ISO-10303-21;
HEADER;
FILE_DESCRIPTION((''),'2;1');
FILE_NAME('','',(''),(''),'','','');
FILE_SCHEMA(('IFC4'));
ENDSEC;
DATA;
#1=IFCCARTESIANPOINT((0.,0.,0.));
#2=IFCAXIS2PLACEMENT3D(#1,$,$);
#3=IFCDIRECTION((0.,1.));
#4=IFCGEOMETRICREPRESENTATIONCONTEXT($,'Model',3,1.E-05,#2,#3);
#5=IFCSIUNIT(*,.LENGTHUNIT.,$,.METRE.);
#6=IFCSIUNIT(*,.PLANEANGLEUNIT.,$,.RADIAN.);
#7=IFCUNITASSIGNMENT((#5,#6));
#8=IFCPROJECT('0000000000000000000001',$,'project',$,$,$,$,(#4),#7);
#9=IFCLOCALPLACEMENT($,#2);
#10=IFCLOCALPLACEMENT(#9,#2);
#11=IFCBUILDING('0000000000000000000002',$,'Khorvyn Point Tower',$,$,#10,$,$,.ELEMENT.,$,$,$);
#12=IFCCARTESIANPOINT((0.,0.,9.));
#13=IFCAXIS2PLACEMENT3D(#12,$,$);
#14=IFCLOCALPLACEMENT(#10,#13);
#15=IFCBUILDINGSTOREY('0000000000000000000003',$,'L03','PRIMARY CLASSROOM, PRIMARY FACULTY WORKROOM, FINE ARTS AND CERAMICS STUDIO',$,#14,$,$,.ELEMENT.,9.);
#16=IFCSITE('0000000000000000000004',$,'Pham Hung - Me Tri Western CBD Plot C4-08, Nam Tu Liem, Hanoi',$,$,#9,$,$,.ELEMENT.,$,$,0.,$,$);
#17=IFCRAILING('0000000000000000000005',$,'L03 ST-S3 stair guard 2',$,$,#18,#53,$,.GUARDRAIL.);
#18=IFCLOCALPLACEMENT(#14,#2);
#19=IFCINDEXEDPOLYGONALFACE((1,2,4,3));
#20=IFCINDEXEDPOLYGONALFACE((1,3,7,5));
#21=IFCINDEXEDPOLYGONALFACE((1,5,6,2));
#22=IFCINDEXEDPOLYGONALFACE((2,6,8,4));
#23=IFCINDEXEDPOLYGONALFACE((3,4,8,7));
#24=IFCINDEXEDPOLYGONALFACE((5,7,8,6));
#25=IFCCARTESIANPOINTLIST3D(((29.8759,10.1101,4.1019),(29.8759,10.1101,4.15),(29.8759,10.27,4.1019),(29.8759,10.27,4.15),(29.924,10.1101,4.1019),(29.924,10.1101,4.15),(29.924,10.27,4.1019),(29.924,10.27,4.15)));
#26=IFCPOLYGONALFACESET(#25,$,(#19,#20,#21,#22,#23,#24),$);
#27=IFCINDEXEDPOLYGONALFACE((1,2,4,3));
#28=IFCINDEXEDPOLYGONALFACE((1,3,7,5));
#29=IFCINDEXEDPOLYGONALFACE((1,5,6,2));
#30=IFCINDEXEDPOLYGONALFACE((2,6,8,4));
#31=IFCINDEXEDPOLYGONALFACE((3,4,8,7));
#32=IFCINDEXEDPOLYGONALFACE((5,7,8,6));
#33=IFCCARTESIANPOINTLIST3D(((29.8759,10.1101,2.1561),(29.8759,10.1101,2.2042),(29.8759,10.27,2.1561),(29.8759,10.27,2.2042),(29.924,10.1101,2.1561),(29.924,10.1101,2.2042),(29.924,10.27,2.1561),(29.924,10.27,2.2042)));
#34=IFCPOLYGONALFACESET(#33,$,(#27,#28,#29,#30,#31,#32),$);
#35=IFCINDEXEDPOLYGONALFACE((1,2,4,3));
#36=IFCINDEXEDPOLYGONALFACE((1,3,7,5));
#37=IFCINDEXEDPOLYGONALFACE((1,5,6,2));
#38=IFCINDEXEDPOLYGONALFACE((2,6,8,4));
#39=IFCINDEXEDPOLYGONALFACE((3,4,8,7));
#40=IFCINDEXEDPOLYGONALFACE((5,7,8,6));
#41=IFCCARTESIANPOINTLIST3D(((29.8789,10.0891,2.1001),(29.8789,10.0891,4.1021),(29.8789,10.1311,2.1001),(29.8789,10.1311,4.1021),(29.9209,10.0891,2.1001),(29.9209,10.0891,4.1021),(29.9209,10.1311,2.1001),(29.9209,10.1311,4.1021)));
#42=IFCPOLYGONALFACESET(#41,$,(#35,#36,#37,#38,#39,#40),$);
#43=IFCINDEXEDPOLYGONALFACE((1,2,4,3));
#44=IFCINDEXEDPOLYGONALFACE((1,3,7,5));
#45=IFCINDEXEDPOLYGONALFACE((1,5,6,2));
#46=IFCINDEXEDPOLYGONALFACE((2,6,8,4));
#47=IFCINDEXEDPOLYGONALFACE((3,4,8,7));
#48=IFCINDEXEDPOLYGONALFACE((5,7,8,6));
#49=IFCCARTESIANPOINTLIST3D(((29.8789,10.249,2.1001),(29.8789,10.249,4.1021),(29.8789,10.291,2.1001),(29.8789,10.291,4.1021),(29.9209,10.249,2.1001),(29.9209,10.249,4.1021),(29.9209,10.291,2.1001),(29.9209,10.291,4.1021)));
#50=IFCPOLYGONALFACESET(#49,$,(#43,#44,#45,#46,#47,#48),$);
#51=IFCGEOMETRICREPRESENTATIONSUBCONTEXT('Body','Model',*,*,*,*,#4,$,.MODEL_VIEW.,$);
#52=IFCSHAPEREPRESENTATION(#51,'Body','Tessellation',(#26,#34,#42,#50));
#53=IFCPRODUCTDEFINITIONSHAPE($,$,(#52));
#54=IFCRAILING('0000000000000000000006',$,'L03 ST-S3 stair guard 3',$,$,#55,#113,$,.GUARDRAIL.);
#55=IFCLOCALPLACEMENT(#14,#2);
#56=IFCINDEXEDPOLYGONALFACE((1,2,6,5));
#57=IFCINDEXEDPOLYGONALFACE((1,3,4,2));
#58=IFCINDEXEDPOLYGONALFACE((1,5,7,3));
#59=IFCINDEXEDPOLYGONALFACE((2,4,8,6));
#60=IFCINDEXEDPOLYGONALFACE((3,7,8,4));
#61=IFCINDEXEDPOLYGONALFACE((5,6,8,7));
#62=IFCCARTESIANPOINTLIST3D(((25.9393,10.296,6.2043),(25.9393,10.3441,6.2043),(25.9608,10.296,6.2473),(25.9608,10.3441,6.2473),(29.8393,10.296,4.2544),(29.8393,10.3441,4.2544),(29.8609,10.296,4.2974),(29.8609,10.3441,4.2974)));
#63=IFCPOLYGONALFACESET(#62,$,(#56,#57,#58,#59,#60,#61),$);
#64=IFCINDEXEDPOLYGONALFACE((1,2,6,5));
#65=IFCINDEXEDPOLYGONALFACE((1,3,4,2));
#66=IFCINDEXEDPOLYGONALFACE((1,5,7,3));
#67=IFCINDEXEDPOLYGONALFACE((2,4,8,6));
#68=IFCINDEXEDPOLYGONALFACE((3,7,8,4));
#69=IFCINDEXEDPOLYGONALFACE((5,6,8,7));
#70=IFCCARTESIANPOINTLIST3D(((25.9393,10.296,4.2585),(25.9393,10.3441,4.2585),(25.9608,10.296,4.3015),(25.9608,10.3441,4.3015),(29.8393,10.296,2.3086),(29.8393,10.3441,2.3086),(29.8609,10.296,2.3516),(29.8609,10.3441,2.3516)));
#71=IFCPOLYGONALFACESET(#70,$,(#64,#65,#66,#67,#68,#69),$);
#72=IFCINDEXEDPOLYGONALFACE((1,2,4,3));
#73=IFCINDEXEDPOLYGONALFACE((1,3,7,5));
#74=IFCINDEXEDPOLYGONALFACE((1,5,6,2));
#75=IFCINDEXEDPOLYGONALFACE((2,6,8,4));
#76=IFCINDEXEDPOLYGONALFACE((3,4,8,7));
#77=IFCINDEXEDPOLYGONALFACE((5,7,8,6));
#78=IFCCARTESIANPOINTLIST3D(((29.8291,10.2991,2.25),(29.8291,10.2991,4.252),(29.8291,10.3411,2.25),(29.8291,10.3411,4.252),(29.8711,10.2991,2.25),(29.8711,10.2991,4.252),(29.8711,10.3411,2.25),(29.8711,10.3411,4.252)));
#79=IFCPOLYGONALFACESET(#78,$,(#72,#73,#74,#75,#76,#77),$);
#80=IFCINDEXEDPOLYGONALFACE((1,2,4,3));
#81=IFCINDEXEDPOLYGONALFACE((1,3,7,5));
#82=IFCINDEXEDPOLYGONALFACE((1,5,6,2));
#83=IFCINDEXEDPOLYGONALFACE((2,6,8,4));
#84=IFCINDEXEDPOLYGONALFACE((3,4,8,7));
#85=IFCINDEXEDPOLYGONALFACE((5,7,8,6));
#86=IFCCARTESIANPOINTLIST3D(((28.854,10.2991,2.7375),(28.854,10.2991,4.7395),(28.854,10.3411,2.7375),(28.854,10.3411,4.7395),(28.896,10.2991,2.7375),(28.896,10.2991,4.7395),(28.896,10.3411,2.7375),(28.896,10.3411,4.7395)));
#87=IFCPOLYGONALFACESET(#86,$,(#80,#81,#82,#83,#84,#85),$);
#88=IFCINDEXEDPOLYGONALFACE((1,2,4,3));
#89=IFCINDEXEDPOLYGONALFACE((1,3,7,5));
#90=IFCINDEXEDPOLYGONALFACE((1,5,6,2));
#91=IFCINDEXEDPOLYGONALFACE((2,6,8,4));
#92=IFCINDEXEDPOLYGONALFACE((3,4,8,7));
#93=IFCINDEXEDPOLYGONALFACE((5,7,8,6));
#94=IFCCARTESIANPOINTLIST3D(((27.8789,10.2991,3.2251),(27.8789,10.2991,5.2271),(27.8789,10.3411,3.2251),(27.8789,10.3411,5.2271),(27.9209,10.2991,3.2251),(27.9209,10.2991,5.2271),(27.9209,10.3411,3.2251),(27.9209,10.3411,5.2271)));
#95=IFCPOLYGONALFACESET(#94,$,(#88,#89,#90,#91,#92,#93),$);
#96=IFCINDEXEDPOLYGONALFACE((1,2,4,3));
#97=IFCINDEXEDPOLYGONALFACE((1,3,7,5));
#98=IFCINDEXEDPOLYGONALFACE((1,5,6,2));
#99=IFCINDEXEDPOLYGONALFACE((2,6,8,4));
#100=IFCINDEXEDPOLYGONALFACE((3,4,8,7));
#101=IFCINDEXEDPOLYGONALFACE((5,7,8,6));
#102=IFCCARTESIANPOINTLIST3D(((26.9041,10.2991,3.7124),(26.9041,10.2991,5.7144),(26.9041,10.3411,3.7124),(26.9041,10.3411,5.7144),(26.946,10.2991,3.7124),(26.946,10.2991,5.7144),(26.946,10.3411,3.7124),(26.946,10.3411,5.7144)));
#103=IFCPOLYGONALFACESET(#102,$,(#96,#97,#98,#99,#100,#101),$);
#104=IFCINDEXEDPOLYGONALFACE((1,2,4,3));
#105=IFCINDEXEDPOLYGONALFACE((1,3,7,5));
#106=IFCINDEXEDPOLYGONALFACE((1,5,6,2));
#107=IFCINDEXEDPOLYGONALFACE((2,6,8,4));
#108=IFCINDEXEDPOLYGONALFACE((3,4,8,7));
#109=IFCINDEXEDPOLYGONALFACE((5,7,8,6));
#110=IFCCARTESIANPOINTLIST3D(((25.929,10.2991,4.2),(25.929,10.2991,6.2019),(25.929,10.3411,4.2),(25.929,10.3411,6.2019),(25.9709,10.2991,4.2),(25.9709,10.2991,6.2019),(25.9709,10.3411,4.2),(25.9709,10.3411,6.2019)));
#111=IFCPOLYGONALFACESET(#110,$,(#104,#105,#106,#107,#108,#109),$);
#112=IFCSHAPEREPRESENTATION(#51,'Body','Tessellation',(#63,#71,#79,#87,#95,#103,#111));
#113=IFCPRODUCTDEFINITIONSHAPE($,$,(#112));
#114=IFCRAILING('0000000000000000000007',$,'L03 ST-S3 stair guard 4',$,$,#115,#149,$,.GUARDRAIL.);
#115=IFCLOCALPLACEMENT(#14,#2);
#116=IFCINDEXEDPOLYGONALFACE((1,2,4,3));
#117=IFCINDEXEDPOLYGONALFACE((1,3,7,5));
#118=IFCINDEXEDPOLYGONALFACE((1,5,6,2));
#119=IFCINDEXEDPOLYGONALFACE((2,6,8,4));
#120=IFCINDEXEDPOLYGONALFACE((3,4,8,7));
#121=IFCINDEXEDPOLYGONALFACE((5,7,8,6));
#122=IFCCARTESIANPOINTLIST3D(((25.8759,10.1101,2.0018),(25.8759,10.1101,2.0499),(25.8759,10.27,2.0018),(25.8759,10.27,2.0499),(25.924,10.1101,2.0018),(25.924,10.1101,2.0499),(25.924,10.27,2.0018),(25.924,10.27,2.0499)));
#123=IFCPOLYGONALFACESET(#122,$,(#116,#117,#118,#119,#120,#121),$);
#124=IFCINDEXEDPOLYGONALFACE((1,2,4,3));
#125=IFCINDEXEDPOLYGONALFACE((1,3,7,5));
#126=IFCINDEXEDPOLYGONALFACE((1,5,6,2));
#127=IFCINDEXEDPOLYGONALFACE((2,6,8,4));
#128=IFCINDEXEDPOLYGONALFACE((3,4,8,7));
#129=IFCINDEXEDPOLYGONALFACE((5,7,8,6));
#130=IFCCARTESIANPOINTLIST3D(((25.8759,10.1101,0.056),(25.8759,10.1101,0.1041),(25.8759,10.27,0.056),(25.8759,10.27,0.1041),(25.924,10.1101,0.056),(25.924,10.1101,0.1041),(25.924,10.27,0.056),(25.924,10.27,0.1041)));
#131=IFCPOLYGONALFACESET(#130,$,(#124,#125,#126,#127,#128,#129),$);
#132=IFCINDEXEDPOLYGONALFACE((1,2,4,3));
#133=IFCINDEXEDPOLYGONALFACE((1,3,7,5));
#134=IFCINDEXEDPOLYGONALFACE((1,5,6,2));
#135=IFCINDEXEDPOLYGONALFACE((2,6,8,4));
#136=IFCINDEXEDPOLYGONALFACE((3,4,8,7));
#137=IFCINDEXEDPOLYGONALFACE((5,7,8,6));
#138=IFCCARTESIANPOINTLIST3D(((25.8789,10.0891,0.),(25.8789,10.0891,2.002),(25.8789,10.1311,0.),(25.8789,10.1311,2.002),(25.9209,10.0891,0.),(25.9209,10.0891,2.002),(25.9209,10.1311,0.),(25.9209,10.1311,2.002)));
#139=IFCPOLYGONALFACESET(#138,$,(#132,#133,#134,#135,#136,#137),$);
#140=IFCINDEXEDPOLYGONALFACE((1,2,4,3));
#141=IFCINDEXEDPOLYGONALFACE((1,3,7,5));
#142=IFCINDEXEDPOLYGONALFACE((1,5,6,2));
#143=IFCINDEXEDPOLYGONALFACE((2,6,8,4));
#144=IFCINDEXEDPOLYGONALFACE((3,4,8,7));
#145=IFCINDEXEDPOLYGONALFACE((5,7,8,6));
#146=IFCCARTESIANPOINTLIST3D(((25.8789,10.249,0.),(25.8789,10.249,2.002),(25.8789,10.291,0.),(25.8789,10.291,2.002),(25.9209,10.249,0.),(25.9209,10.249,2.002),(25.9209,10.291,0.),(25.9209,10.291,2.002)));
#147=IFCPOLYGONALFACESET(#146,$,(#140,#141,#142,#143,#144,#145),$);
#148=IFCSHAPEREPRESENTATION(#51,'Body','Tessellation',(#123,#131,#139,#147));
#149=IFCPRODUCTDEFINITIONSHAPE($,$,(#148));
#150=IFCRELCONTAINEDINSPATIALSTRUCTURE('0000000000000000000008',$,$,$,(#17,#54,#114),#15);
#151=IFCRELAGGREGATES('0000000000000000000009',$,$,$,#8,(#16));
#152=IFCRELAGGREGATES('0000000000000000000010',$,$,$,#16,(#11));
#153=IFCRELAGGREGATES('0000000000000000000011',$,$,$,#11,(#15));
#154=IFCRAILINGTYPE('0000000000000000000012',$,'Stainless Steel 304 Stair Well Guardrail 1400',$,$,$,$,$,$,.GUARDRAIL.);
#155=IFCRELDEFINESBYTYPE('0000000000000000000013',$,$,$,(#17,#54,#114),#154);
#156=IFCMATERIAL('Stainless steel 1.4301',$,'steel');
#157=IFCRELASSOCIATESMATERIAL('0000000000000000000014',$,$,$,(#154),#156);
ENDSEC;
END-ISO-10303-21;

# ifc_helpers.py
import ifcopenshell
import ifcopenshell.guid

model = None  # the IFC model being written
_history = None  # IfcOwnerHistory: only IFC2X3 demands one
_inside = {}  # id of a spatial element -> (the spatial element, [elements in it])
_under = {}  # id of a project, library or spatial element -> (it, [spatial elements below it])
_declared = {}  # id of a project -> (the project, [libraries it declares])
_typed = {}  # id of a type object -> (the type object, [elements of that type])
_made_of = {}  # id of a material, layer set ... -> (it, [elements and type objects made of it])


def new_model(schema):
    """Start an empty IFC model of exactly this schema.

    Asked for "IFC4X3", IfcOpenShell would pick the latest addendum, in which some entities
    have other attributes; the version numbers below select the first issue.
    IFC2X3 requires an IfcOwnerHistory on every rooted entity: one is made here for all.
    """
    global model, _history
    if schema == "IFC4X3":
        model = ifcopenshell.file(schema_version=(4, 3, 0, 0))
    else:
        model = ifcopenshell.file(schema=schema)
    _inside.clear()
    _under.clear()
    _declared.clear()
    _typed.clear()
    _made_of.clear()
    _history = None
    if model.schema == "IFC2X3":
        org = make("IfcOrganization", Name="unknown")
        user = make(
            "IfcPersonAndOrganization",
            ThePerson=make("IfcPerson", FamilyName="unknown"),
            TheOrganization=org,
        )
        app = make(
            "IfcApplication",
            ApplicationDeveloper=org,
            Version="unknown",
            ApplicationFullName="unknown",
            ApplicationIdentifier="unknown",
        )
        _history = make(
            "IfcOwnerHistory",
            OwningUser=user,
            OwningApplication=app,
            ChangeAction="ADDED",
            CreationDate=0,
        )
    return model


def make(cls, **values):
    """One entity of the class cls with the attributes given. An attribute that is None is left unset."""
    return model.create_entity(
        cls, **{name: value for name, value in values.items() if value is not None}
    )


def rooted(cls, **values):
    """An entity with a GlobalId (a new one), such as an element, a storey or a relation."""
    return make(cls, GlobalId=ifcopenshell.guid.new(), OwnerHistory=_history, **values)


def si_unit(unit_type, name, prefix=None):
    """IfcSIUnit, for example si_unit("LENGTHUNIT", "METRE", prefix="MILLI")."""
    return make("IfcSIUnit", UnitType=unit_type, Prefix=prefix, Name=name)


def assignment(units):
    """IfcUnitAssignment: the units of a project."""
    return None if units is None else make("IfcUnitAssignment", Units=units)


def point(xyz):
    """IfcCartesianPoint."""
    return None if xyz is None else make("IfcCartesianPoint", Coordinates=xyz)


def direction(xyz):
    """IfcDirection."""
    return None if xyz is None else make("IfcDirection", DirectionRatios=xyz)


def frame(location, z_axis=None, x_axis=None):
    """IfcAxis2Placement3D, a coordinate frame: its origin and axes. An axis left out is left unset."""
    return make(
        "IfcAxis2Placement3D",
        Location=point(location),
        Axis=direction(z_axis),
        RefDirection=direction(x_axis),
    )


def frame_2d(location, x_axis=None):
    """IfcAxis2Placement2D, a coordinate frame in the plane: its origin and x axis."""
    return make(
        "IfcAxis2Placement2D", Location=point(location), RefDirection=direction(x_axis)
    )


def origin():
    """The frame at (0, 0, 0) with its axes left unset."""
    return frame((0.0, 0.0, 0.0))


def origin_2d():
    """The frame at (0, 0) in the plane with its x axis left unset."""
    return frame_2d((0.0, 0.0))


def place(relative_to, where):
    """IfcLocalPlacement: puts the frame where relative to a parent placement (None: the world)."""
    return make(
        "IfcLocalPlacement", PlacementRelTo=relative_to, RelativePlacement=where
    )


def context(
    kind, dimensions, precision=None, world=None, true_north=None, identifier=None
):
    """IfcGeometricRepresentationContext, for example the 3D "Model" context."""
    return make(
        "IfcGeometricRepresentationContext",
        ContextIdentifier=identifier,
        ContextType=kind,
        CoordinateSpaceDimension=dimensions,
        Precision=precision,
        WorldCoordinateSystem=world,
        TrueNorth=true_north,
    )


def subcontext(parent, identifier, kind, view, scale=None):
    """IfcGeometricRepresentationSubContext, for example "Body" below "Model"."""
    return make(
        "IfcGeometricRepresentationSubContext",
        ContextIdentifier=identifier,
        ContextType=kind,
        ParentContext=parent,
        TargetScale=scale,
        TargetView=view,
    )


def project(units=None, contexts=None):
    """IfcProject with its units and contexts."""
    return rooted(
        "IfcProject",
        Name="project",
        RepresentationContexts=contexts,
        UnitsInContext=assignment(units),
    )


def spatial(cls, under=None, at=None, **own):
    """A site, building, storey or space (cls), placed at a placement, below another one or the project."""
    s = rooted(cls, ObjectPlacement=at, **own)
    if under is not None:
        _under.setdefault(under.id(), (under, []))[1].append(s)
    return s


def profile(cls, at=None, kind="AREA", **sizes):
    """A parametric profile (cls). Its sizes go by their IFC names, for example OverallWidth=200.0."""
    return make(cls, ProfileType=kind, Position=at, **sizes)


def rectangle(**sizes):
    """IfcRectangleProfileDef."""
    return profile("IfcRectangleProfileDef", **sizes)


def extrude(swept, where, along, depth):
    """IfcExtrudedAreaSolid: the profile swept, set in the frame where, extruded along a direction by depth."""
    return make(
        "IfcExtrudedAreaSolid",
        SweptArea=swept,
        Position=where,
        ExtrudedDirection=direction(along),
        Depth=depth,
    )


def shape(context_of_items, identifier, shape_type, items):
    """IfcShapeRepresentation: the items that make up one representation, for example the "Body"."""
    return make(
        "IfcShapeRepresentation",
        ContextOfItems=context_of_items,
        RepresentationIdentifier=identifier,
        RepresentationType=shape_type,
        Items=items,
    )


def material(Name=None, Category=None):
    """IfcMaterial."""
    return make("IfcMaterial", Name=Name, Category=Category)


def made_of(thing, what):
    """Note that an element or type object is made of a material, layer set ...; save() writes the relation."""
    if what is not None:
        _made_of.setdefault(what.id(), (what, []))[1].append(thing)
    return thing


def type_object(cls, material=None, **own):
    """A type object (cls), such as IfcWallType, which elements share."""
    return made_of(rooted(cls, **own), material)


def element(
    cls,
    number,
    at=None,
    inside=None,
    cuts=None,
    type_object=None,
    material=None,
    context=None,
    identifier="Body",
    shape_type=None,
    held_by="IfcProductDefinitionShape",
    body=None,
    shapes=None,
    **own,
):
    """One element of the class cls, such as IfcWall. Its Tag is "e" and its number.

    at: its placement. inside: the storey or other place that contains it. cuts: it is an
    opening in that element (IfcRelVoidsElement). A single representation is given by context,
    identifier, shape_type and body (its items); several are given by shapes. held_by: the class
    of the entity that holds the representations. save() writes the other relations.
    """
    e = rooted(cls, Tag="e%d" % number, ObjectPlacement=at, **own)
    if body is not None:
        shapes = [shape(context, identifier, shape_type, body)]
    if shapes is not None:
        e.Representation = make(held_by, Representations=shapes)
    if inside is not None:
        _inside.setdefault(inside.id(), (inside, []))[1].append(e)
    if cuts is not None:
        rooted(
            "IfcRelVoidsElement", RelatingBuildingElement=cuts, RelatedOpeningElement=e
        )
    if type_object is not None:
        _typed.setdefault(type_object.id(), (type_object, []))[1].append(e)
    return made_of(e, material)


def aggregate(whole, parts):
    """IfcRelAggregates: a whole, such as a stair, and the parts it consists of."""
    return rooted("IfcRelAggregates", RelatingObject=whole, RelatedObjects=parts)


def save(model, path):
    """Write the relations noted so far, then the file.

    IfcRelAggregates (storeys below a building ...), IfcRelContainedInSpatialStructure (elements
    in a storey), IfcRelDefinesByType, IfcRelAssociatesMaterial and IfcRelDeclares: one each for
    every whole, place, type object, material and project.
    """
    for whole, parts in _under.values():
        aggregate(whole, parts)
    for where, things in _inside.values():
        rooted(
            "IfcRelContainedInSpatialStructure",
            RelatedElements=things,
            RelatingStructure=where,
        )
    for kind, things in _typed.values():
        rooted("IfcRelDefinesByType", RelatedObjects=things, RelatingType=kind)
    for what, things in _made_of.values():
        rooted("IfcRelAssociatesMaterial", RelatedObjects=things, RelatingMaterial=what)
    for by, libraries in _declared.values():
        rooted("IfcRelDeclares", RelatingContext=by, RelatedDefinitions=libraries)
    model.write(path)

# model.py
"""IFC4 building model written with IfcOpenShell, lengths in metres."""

from ifc_helpers import new_model, si_unit, direction, frame, origin, origin_2d, place, context, subcontext, project, spatial, rectangle, extrude, material, type_object, element, save


model = new_model("IFC4")

# Units and contexts
model_context = context("Model", 3, precision=1e-05, world=origin(), true_north=direction((0.0, 1.0)))
body_context = subcontext(model_context, "Body", "Model", "MODEL_VIEW")
ifc_project = project(units=[si_unit("LENGTHUNIT", "METRE"), si_unit("PLANEANGLEUNIT", "RADIAN")], contexts=[model_context])

# Site, building, storey
site_placement = place(None, origin())
site = spatial("IfcSite", under=ifc_project, at=site_placement, Name="Pham Hung - Me Tri Western CBD Plot C4-08, Nam Tu Liem, Hanoi", CompositionType="ELEMENT", RefElevation=0.0)
building_placement = place(site_placement, origin())
building = spatial("IfcBuilding", under=site, at=building_placement, Name="Khorvyn Point Tower", CompositionType="ELEMENT")
storey_placement = place(building_placement, frame((0.0, 0.0, 9.0)))
storey = spatial("IfcBuildingStorey", under=building, at=storey_placement, Name="L03", Description="PRIMARY CLASSROOM, PRIMARY FACULTY WORKROOM, FINE ARTS AND CERAMICS STUDIO", CompositionType="ELEMENT", Elevation=9.0)

# Railings
ifc_material_1 = material(Name="Stainless steel 1.4301", Category="steel")
railing_type_1 = type_object("IfcRailingType", Name="Stainless Steel 304 Stair Well Guardrail 1400", PredefinedType="GUARDRAIL", material=ifc_material_1)
railing_1_placement = place(storey_placement, frame((29.8999, 10.1101, 2.1001)))
element("IfcRailing", 1, at=railing_1_placement, inside=storey, type_object=railing_type_1, Name="L03 ST-S3 stair guard 2", PredefinedType="GUARDRAIL", context=body_context, shape_type="SweptSolid", body=[
    extrude(rectangle(XDim=0.0481, YDim=0.0481, at=origin_2d()), frame((0.0, 0.0, 2.0259), z_axis=(0.0, 1.0, 0.0), x_axis=(-1.0, 0.0, 0.0)), (0.0, 0.0, 1.0), 0.1599),
    extrude(rectangle(XDim=0.0481, YDim=0.0481, at=origin_2d()), frame((0.0, 0.0, 0.0801), z_axis=(0.0, 1.0, 0.0), x_axis=(-1.0, 0.0, 0.0)), (0.0, 0.0, 1.0), 0.1599),
    extrude(rectangle(XDim=0.042, YDim=0.042, at=origin_2d()), origin(), (0.0, 0.0, 1.0), 2.002),
    extrude(rectangle(XDim=0.042, YDim=0.042, at=origin_2d()), frame((0.0, 0.1599, 0.0)), (0.0, 0.0, 1.0), 2.002),
])
railing_2_placement = place(storey_placement, frame((29.8501, 10.3201, 2.25)))
element("IfcRailing", 2, at=railing_2_placement, inside=storey, type_object=railing_type_1, Name="L03 ST-S3 stair guard 3", PredefinedType="GUARDRAIL", context=body_context, shape_type="SweptSolid", body=[
    extrude(rectangle(XDim=0.0481, YDim=0.0481, at=origin_2d()), frame((0.0, 0.0, 2.0259), z_axis=(-0.894438, 0.0, 0.447191), x_axis=(0.0, -1.0, 0.0)), (0.0, 0.0, 1.0), 4.3604),
    extrude(rectangle(XDim=0.0481, YDim=0.0481, at=origin_2d()), frame((0.0, 0.0, 0.0801), z_axis=(-0.894438, 0.0, 0.447191), x_axis=(0.0, -1.0, 0.0)), (0.0, 0.0, 1.0), 4.3604),
    extrude(rectangle(XDim=0.042, YDim=0.042, at=origin_2d()), origin(), (0.0, 0.0, 1.0), 2.002),
    extrude(rectangle(XDim=0.042, YDim=0.042, at=origin_2d()), frame((-0.9751, 0.0, 0.4875)), (0.0, 0.0, 1.0), 2.002),
    extrude(rectangle(XDim=0.042, YDim=0.042, at=origin_2d()), frame((-1.9502, 0.0, 0.9751)), (0.0, 0.0, 1.0), 2.002),
    extrude(rectangle(XDim=0.042, YDim=0.042, at=origin_2d()), frame((-2.925, 0.0, 1.4624)), (0.0, 0.0, 1.0), 2.002),
    extrude(rectangle(XDim=0.042, YDim=0.042, at=origin_2d()), frame((-3.9001, 0.0, 1.95)), (0.0, 0.0, 1.0), 2.002),
])
railing_3_placement = place(storey_placement, frame((25.8999, 10.1101, 0.0)))
element("IfcRailing", 3, at=railing_3_placement, inside=storey, type_object=railing_type_1, Name="L03 ST-S3 stair guard 4", PredefinedType="GUARDRAIL", context=body_context, shape_type="SweptSolid", body=[
    extrude(rectangle(XDim=0.0481, YDim=0.0481, at=origin_2d()), frame((0.0, 0.0, 2.0259), z_axis=(0.0, 1.0, 0.0), x_axis=(-1.0, 0.0, 0.0)), (0.0, 0.0, 1.0), 0.1599),
    extrude(rectangle(XDim=0.0481, YDim=0.0481, at=origin_2d()), frame((0.0, 0.0, 0.0801), z_axis=(0.0, 1.0, 0.0), x_axis=(-1.0, 0.0, 0.0)), (0.0, 0.0, 1.0), 0.1599),
    extrude(rectangle(XDim=0.042, YDim=0.042, at=origin_2d()), origin(), (0.0, 0.0, 1.0), 2.002),
    extrude(rectangle(XDim=0.042, YDim=0.042, at=origin_2d()), frame((0.0, 0.1599, 0.0)), (0.0, 0.0, 1.0), 2.002),
])

save(model, "model.ifc")
